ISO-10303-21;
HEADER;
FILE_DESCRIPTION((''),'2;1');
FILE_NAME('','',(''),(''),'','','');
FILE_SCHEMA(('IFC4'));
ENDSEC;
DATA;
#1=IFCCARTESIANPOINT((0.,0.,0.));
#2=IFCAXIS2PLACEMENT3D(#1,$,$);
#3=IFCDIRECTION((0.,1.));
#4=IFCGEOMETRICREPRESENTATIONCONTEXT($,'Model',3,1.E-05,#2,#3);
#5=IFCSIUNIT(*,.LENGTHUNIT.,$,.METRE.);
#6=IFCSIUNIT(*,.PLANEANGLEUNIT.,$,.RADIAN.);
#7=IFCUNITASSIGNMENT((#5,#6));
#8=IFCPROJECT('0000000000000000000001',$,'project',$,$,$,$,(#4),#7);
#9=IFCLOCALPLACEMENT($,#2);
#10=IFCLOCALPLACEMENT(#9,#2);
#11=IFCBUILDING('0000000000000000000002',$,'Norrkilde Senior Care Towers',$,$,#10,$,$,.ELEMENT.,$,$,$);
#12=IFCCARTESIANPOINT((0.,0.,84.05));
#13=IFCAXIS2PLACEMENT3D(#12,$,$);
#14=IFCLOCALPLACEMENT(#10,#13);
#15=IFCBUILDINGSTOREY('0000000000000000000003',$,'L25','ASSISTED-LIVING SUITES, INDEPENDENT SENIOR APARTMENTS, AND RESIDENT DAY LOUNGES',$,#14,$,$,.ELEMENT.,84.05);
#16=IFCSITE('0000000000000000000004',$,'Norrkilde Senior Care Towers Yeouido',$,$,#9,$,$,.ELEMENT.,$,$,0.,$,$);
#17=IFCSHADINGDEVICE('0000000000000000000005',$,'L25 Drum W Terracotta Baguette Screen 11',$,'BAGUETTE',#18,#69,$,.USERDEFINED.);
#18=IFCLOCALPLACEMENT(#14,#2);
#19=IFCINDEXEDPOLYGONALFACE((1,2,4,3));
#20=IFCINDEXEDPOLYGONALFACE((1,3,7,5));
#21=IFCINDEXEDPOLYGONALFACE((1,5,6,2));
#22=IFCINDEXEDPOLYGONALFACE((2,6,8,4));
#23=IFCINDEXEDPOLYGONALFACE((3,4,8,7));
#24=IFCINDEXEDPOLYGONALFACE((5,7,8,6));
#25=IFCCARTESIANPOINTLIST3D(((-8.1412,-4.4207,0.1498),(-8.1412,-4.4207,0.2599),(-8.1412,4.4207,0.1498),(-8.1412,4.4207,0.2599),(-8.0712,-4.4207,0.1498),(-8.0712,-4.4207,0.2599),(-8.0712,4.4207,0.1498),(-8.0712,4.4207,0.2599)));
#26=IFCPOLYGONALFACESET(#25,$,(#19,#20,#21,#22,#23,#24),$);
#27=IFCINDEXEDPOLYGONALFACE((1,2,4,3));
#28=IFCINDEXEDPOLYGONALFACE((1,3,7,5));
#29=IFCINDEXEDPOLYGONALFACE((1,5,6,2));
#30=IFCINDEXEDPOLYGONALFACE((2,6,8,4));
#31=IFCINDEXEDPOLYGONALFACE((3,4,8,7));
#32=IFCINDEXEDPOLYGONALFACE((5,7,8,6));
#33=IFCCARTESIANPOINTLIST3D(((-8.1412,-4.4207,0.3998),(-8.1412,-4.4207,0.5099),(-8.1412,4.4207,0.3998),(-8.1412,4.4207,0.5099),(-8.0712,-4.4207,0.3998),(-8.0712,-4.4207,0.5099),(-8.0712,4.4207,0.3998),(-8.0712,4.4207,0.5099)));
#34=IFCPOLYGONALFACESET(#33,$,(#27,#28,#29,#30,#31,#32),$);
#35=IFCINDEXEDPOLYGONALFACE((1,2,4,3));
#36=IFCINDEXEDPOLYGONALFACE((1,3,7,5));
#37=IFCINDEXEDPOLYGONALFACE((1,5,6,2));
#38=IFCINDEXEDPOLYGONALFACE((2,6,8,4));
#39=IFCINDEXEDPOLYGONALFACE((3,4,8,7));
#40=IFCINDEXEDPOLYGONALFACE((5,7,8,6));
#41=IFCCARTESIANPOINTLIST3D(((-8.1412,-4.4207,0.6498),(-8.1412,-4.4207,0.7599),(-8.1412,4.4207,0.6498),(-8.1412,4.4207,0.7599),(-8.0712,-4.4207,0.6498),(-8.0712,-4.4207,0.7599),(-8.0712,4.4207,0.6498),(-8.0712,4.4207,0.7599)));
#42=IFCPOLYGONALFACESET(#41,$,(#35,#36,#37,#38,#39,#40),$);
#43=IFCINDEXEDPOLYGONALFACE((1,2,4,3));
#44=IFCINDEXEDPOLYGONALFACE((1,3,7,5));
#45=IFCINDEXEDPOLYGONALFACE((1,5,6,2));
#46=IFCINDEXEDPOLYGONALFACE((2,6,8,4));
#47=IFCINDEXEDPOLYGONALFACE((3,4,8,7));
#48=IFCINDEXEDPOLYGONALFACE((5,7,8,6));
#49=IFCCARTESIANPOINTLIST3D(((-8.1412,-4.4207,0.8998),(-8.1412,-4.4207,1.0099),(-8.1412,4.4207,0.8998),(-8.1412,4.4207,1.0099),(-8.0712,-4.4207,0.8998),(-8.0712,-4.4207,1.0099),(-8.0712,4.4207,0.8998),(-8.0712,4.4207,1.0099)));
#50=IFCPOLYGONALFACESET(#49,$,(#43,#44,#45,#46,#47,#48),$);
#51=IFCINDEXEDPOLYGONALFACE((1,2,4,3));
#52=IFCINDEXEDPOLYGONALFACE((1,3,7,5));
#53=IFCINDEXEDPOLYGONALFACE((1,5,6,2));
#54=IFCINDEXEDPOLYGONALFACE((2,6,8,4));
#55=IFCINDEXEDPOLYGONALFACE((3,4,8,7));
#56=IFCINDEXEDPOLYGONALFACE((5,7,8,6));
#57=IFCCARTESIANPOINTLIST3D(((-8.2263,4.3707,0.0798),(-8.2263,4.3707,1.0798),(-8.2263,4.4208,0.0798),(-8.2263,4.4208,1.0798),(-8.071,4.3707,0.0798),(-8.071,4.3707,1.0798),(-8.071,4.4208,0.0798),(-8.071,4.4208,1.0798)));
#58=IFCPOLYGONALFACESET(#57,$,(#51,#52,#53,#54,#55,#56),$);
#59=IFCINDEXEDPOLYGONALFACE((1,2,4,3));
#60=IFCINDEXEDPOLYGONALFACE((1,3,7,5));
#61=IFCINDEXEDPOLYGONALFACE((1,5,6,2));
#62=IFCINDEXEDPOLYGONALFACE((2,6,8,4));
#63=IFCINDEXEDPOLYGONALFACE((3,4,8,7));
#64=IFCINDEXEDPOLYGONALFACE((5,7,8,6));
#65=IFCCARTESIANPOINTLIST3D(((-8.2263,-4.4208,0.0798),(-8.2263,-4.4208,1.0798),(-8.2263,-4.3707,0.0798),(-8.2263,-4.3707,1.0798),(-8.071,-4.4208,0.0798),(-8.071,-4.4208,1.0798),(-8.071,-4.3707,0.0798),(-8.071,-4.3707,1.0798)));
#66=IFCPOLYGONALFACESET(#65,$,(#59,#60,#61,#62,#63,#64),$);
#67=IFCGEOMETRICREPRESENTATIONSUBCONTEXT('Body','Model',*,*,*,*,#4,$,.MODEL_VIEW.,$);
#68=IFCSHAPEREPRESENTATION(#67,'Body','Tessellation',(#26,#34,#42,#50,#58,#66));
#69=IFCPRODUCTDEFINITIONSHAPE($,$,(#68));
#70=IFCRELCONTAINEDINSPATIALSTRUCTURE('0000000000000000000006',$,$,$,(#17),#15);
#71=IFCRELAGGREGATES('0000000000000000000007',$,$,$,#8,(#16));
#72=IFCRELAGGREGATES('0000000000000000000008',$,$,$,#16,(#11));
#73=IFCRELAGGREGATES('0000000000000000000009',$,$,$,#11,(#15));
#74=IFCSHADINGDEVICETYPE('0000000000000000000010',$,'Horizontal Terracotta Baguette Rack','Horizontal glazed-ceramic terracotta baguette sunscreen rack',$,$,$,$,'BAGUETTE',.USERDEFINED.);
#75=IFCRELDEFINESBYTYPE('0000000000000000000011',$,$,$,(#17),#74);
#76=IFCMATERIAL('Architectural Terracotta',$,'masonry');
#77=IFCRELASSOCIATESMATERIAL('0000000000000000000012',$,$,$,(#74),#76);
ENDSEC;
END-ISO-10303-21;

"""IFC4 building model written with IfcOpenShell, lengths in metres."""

from ifc_helpers import new_model, si_unit, direction, frame, origin, origin_2d, place, context, subcontext, project, spatial, rectangle, extrude, source, transform, mapped, material, type_object, type_shapes, element, save


model = new_model("IFC4")

# Units and contexts
model_context = context("Model", 3, precision=1e-05, world=origin(), true_north=direction((0.0, 1.0)))
body_context = subcontext(model_context, "Body", "Model", "MODEL_VIEW")
ifc_project = project(units=[si_unit("LENGTHUNIT", "METRE"), si_unit("PLANEANGLEUNIT", "RADIAN")], contexts=[model_context])

# Site, building, storey
site_placement = place(None, origin())
site = spatial("IfcSite", under=ifc_project, at=site_placement, Name="Norrkilde Senior Care Towers Yeouido", CompositionType="ELEMENT", RefElevation=0.0)
building_placement = place(site_placement, origin())
building = spatial("IfcBuilding", under=site, at=building_placement, Name="Norrkilde Senior Care Towers", CompositionType="ELEMENT")
storey_placement = place(building_placement, frame((0.0, 0.0, 84.05)))
storey = spatial("IfcBuildingStorey", under=building, at=storey_placement, Name="L25", Description="ASSISTED-LIVING SUITES, INDEPENDENT SENIOR APARTMENTS, AND RESIDENT DAY LOUNGES", CompositionType="ELEMENT", Elevation=84.05)

# Shading device
ifc_material_1 = material(Name="Architectural Terracotta", Category="masonry")
shading_device_type = type_object("IfcShadingDeviceType", Name="Horizontal Terracotta Baguette Rack", Description="Horizontal glazed-ceramic terracotta baguette sunscreen rack", ElementType="BAGUETTE", PredefinedType="USERDEFINED", material=ifc_material_1)
shared_shape_1 = source(origin(), body_context, "Body", "SweptSolid", [
    extrude(rectangle(XDim=0.0701, YDim=0.1101, at=origin_2d()), frame((0.0, 0.0901, 0.125), z_axis=(1.0, 0.0, 0.0), x_axis=(0.0, 1.0, 0.0)), (0.0, 0.0, 1.0), 8.8413),
    extrude(rectangle(XDim=0.0701, YDim=0.1101, at=origin_2d()), frame((0.0, 0.0901, 0.375), z_axis=(1.0, 0.0, 0.0), x_axis=(0.0, 1.0, 0.0)), (0.0, 0.0, 1.0), 8.8413),
    extrude(rectangle(XDim=0.0701, YDim=0.1101, at=origin_2d()), frame((0.0, 0.0901, 0.625), z_axis=(1.0, 0.0, 0.0), x_axis=(0.0, 1.0, 0.0)), (0.0, 0.0, 1.0), 8.8413),
    extrude(rectangle(XDim=0.0701, YDim=0.1101, at=origin_2d()), frame((0.0, 0.0901, 0.875), z_axis=(1.0, 0.0, 0.0), x_axis=(0.0, 1.0, 0.0)), (0.0, 0.0, 1.0), 8.8413),
    extrude(rectangle(XDim=0.05, YDim=0.1553, at=origin_2d()), frame((0.0249, 0.0476, 0.0)), (0.0, 0.0, 1.0), 1.0),
    extrude(rectangle(XDim=0.05, YDim=0.1553, at=origin_2d()), frame((8.8164, 0.0476, 0.0)), (0.0, 0.0, 1.0), 1.0),
])
type_shapes(shading_device_type, [shared_shape_1])
shading_device_placement = place(storey_placement, frame((-8.1963, 4.4207, 0.0798), z_axis=(0.0, 0.0, 1.0), x_axis=(0.0, -1.0, 0.0)))
element("IfcShadingDevice", 1, at=shading_device_placement, inside=storey, type_object=shading_device_type, Name="L25 Drum W Terracotta Baguette Screen 11", ObjectType="BAGUETTE", PredefinedType="USERDEFINED", context=body_context, shape_type="MappedRepresentation", body=[
    mapped(shared_shape_1, transform((0.0, 0.0, 0.0), x_axis=(1.0, 0.0, 0.0), y_axis=(0.0, 1.0, 0.0), z_axis=(0.0, 0.0, 1.0), scale=1.0)),
])

save(model, "model.ifc")
